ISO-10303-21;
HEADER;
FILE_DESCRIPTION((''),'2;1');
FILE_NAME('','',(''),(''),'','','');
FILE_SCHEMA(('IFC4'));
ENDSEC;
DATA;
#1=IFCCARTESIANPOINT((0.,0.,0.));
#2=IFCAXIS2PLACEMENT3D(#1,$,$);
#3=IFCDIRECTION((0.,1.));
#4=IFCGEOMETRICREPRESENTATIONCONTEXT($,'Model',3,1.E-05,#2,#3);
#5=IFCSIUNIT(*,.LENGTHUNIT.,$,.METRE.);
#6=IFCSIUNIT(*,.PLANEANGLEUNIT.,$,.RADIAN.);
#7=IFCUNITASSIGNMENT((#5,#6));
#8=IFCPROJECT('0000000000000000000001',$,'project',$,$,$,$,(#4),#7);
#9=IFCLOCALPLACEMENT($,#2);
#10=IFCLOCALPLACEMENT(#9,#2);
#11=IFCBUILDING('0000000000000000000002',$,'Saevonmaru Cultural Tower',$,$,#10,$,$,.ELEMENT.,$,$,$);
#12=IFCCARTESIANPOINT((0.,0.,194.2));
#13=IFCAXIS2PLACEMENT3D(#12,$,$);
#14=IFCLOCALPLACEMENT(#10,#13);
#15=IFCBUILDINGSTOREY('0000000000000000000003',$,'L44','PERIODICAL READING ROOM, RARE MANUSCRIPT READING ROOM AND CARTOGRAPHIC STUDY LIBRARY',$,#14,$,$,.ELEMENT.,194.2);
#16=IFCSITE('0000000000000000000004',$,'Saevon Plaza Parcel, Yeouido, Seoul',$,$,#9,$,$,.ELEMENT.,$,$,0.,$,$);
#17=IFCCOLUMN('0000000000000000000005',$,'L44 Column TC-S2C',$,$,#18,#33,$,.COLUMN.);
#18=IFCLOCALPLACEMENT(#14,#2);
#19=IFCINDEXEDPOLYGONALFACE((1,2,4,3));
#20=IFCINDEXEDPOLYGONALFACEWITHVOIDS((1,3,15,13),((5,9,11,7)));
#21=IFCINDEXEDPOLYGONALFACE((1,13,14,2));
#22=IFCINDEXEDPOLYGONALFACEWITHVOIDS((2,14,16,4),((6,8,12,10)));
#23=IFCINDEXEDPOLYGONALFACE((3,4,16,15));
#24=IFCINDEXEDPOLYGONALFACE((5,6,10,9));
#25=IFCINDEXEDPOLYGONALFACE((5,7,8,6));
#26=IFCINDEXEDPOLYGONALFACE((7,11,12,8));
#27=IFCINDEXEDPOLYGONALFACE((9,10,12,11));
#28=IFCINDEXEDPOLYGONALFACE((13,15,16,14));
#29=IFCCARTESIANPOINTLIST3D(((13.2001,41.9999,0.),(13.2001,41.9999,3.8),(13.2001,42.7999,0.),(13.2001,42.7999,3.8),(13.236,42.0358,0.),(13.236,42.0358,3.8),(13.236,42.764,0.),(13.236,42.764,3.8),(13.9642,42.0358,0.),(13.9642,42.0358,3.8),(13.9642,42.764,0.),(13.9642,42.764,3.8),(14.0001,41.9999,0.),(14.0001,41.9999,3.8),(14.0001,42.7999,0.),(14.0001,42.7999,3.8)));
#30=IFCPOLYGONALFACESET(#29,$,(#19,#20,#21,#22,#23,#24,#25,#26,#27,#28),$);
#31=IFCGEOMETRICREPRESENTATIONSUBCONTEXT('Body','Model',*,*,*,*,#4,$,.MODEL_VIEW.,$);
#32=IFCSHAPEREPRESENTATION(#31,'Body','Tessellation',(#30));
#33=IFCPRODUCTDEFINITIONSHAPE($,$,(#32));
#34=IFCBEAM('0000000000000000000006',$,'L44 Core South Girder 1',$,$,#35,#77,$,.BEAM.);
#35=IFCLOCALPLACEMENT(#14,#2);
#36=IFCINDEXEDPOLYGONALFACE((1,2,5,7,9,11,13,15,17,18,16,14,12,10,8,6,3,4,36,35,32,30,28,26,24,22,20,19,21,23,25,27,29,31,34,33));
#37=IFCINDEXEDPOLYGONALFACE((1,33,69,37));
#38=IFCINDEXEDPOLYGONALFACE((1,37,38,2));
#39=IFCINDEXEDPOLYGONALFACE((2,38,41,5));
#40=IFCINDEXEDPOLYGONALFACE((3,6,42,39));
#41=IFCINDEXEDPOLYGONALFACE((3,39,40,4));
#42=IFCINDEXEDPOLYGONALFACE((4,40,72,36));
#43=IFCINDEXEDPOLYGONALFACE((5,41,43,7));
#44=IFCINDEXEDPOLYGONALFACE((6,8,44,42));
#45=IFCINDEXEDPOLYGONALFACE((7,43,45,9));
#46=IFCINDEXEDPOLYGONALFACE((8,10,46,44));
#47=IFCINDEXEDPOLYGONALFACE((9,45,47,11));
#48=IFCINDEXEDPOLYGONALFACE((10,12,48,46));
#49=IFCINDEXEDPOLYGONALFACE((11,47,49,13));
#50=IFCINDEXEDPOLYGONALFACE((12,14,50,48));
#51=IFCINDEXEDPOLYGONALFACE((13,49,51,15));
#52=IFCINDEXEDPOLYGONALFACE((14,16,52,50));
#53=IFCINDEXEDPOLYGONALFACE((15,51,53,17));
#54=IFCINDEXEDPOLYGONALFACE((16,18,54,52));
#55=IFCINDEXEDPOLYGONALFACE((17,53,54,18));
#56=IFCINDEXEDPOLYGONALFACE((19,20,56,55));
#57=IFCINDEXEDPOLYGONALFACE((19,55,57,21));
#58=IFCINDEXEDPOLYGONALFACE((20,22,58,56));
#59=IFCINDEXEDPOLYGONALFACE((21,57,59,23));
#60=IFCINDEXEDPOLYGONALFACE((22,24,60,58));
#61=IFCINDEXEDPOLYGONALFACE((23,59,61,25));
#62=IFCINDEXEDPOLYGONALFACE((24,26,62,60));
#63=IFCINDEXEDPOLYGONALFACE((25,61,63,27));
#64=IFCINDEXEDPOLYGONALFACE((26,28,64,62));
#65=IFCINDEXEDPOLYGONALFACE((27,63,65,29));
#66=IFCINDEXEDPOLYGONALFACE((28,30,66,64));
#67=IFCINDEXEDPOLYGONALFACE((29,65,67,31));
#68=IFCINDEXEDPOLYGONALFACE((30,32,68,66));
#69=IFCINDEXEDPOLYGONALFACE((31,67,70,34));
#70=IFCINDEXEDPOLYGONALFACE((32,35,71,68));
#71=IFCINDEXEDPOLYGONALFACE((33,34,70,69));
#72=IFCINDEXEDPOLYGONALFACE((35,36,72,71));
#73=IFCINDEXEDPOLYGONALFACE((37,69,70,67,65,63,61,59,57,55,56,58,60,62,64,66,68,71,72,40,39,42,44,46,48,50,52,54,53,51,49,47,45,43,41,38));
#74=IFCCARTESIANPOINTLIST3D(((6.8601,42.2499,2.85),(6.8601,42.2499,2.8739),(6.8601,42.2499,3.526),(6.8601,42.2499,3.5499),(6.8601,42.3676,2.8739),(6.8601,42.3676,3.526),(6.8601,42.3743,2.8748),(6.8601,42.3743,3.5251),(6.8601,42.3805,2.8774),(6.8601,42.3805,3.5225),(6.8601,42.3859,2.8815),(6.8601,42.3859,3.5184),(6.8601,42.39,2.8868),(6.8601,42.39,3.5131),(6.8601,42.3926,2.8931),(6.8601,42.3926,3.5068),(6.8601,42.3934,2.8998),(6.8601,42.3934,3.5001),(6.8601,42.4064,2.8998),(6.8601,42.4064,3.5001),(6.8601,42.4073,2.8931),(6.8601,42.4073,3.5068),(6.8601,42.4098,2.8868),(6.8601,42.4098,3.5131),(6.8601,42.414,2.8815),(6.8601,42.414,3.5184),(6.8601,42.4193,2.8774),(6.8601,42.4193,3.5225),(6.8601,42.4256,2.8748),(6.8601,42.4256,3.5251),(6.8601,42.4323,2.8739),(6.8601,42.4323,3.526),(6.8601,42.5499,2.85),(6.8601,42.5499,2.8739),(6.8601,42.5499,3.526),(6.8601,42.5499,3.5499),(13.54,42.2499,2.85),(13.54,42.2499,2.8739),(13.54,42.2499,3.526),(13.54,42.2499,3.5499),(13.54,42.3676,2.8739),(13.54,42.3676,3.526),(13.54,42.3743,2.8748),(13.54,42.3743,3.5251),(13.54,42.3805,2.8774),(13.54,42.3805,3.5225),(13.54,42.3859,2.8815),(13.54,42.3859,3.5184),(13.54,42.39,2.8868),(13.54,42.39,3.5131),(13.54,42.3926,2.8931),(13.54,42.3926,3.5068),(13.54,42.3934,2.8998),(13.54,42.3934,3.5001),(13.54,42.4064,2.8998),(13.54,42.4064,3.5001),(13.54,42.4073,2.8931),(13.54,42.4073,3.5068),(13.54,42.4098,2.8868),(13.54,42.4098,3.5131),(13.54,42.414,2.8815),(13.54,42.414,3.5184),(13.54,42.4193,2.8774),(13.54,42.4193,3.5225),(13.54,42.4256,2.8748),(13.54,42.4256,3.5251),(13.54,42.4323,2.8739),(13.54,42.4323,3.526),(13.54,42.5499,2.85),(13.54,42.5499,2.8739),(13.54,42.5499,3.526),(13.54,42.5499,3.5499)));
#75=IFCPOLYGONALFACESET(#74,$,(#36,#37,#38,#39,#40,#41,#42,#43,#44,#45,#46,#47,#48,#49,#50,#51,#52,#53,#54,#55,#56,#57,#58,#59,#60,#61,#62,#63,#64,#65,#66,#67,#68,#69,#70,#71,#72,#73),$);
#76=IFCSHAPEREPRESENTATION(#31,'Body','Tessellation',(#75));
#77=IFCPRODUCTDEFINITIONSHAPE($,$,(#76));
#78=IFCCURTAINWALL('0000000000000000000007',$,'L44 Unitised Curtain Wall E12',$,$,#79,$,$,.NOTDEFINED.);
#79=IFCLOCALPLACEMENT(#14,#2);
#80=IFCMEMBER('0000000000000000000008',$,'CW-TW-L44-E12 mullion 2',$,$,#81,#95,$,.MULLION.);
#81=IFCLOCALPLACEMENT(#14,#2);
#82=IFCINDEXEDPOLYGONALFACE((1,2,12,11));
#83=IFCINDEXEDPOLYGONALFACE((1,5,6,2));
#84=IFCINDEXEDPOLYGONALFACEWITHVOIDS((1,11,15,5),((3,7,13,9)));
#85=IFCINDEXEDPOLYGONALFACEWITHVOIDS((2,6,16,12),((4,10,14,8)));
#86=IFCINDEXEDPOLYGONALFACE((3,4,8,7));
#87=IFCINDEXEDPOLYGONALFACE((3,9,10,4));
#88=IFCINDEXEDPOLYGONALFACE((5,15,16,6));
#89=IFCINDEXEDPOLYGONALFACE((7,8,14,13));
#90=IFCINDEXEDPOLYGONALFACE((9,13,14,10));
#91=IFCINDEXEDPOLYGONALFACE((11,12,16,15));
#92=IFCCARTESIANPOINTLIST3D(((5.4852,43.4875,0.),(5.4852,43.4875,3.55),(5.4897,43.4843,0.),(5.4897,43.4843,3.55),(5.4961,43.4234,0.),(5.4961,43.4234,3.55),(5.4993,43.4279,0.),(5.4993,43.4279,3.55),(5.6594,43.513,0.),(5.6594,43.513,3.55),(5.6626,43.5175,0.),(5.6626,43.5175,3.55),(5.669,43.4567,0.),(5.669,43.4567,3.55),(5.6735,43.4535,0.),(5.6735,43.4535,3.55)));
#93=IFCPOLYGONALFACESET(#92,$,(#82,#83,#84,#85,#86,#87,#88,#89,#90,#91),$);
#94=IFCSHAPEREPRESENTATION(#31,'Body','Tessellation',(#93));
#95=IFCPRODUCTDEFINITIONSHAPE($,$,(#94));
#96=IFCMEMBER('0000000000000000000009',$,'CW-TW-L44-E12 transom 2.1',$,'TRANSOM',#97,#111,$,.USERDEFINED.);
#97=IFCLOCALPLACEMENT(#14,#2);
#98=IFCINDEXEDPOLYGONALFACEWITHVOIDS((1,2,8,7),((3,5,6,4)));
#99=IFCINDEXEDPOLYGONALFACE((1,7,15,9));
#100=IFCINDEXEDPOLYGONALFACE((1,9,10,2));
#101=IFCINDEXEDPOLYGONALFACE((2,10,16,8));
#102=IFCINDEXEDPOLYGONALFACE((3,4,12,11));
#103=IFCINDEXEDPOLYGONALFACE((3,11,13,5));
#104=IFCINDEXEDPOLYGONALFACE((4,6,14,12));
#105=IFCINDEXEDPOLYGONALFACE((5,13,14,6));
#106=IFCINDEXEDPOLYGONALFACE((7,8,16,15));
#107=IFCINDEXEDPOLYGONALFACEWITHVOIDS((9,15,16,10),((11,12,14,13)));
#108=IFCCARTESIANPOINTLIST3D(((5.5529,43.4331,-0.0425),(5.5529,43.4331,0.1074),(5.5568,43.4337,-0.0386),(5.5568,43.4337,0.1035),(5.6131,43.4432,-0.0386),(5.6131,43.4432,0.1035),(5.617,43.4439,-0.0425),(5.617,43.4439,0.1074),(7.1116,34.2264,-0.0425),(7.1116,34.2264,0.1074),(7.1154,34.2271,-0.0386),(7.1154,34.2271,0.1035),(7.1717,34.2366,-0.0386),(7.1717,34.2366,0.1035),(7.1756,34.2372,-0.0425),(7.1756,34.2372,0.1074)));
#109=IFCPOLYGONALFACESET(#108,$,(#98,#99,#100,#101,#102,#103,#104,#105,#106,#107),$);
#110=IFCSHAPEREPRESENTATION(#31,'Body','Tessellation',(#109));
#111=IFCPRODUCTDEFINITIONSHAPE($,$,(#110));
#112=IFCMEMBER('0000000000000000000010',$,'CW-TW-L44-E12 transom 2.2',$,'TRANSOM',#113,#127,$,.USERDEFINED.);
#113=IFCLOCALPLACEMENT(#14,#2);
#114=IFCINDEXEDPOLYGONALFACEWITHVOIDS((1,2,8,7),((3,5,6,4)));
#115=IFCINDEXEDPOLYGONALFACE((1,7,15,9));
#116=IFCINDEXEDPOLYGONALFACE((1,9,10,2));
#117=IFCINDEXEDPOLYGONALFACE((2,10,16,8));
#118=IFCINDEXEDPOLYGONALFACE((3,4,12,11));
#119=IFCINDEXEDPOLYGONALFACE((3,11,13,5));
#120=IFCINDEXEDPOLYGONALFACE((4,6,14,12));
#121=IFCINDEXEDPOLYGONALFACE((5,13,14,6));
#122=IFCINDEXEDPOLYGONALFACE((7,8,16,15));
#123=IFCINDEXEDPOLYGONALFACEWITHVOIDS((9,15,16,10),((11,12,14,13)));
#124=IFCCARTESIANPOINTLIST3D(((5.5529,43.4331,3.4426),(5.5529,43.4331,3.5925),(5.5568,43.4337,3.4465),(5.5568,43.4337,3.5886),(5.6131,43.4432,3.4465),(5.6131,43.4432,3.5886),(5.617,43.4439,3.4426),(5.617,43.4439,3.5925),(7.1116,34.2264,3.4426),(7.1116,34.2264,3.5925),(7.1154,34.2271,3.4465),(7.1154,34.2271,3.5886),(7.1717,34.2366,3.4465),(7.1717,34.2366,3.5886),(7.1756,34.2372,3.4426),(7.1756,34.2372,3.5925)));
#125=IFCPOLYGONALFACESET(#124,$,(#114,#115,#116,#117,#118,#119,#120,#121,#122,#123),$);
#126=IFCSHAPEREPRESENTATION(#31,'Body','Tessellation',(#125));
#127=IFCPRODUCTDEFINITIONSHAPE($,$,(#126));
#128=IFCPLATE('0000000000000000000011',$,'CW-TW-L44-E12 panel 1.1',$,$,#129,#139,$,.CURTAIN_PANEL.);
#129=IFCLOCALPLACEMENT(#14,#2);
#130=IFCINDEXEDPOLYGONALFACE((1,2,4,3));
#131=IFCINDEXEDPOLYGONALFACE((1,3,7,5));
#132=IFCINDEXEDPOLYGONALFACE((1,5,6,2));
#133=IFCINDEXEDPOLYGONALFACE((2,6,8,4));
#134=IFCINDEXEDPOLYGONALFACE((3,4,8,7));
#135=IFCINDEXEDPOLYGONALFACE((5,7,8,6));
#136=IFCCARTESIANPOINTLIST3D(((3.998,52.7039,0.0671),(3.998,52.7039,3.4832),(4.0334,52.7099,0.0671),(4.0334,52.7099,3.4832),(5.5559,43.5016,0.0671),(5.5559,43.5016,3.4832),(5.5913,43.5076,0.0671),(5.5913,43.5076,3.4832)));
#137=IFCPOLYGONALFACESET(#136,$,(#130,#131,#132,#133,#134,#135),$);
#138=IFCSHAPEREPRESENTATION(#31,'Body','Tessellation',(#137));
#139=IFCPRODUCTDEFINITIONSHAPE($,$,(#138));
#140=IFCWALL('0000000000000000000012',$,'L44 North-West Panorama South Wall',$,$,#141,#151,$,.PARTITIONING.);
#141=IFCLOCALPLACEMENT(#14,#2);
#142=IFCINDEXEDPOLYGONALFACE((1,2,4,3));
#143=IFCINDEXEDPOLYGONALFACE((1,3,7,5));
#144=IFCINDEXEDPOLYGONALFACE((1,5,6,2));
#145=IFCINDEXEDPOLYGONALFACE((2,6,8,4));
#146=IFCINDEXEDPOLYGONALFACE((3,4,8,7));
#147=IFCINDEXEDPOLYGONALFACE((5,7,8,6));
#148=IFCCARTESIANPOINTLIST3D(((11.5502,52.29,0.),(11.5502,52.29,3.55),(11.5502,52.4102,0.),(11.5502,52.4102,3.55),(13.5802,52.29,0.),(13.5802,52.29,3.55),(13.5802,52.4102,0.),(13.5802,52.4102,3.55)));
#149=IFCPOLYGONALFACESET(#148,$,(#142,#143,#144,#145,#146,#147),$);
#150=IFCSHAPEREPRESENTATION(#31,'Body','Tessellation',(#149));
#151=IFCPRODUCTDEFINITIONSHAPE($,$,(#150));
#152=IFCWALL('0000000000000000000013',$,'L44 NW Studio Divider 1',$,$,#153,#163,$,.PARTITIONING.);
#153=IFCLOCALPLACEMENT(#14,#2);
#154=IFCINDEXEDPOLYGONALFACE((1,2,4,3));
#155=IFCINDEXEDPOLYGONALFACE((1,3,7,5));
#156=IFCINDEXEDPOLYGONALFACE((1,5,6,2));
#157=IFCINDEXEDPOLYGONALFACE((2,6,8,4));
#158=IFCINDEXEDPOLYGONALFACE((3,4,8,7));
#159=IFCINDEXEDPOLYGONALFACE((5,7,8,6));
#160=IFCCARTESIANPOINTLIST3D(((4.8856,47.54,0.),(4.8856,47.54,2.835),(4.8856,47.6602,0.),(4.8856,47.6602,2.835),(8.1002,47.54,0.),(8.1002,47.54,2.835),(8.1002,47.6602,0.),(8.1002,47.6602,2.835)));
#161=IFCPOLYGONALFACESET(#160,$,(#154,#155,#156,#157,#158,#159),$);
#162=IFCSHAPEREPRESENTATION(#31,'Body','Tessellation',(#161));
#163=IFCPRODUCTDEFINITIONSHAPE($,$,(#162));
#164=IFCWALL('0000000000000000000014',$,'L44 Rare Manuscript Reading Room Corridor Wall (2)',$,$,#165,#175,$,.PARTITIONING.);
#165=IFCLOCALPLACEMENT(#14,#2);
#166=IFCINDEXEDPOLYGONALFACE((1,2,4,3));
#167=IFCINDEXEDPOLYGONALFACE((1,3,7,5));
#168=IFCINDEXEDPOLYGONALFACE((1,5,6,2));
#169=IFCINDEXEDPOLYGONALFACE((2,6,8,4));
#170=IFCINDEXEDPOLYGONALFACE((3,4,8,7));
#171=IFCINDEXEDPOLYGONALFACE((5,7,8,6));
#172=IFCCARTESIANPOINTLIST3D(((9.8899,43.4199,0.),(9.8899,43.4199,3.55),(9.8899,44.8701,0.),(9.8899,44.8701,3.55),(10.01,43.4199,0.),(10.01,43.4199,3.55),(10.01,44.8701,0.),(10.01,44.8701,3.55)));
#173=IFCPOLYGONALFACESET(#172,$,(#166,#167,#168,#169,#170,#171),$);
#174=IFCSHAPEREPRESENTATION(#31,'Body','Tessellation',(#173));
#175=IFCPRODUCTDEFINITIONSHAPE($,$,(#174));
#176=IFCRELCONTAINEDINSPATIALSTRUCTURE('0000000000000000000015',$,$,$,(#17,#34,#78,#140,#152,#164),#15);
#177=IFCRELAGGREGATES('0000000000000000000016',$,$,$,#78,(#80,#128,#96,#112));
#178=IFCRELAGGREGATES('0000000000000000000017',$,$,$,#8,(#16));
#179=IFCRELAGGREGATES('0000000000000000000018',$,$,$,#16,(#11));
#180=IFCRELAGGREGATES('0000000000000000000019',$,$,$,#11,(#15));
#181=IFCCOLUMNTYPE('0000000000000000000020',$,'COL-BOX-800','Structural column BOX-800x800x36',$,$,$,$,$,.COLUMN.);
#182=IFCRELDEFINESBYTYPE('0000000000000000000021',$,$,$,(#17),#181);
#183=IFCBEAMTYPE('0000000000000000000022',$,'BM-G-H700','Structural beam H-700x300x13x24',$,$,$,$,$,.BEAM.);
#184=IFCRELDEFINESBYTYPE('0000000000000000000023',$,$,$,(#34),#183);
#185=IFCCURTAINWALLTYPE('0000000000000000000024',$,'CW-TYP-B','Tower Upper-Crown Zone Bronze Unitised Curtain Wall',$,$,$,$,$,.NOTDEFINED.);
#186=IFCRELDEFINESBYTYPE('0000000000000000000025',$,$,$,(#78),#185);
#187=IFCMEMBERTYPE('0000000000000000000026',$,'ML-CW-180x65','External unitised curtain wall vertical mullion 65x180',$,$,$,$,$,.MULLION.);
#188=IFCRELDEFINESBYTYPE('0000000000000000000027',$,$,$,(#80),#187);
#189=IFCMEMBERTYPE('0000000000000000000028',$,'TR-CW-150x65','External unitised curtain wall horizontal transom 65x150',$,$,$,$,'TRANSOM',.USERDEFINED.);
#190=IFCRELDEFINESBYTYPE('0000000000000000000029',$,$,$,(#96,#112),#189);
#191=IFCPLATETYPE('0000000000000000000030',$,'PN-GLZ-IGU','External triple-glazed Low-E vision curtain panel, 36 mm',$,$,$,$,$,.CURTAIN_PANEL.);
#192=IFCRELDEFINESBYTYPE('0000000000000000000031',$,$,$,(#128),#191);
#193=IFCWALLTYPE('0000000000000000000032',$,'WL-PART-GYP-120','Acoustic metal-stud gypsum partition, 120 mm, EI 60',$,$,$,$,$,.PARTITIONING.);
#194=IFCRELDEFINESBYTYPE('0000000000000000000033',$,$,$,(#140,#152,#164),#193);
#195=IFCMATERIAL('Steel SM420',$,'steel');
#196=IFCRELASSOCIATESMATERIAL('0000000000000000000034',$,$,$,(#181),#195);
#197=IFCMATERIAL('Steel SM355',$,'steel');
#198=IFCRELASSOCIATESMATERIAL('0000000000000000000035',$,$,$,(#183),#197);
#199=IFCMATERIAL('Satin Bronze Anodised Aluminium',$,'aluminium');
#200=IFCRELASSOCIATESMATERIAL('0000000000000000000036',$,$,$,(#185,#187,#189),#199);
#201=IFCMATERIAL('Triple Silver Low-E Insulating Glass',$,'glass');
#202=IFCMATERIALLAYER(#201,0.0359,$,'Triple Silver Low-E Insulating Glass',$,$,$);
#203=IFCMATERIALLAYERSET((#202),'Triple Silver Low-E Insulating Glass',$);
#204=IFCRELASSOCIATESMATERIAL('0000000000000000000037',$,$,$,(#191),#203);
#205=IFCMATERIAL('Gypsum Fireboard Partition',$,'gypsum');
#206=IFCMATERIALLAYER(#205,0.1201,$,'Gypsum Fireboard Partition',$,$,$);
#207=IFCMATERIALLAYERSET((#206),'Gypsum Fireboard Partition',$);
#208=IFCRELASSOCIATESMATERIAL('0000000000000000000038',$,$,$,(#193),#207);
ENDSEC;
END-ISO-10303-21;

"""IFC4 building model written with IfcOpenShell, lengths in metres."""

from ifc_helpers import new_model, si_unit, direction, frame, frame_2d, origin, origin_2d, place, context, subcontext, project, spatial, rectangle, hollow_rectangle, i_section, extrude, material, layer, layer_set, material_profile, profile_set, type_object, element, aggregate, save


model = new_model("IFC4")

# Units and contexts
model_context = context("Model", 3, precision=1e-05, world=origin(), true_north=direction((0.0, 1.0)))
body_context = subcontext(model_context, "Body", "Model", "MODEL_VIEW")
ifc_project = project(units=[si_unit("LENGTHUNIT", "METRE"), si_unit("PLANEANGLEUNIT", "RADIAN")], contexts=[model_context])

# Site, building, storey
site_placement = place(None, origin())
site = spatial("IfcSite", under=ifc_project, at=site_placement, Name="Saevon Plaza Parcel, Yeouido, Seoul", CompositionType="ELEMENT", RefElevation=0.0)
building_placement = place(site_placement, origin())
building = spatial("IfcBuilding", under=site, at=building_placement, Name="Saevonmaru Cultural Tower", CompositionType="ELEMENT")
storey_placement = place(building_placement, frame((0.0, 0.0, 194.2)))
storey = spatial("IfcBuildingStorey", under=building, at=storey_placement, Name="L44", Description="PERIODICAL READING ROOM, RARE MANUSCRIPT READING ROOM AND CARTOGRAPHIC STUDY LIBRARY", CompositionType="ELEMENT", Elevation=194.2)

# Column
ifc_material_1 = material(Name="Steel SM420", Category="steel")
ifc_material_profile_1 = material_profile(ifc_material_1, hollow_rectangle(XDim=0.8, YDim=0.8, WallThickness=0.0359, at=origin_2d()), Name="BOX-800x800x36")
ifc_profile_set_1 = profile_set([ifc_material_profile_1], Name="Steel SM420")
column_type = type_object("IfcColumnType", Name="COL-BOX-800", Description="Structural column BOX-800x800x36", PredefinedType="COLUMN", material=ifc_profile_set_1)
column_placement = place(storey_placement, frame((13.6001, 42.3999, 0.0), z_axis=(0.0, 0.0, 1.0), x_axis=(1.0, 0.0, 0.0)))
element("IfcColumn", 1, at=column_placement, inside=storey, type_object=column_type, Name="L44 Column TC-S2C", PredefinedType="COLUMN", context=body_context, shape_type="SweptSolid", body=[
    extrude(hollow_rectangle(XDim=0.8, YDim=0.8, WallThickness=0.0359, at=origin_2d()), origin(), (0.0, 0.0, 1.0), 3.8),
])

# Beam
ifc_material_2 = material(Name="Steel SM355", Category="steel")
ifc_material_profile_2 = material_profile(ifc_material_2, i_section(OverallWidth=0.3, OverallDepth=0.7, WebThickness=0.0129, FlangeThickness=0.0239, FilletRadius=0.0259, at=origin_2d()), Name="H-700x300x13x24")
ifc_profile_set_2 = profile_set([ifc_material_profile_2], Name="Steel SM355")
beam_type = type_object("IfcBeamType", Name="BM-G-H700", Description="Structural beam H-700x300x13x24", PredefinedType="BEAM", material=ifc_profile_set_2)
beam_placement = place(storey_placement, frame((6.8601, 42.3999, 3.2), z_axis=(1.0, 0.0, 0.0), x_axis=(0.0, 1.0, 0.0)))
element("IfcBeam", 2, at=beam_placement, inside=storey, type_object=beam_type, Name="L44 Core South Girder 1", PredefinedType="BEAM", context=body_context, shape_type="SweptSolid", body=[
    extrude(i_section(OverallWidth=0.3, OverallDepth=0.7, WebThickness=0.0129, FlangeThickness=0.0239, FilletRadius=0.0259, at=origin_2d()), origin(), (0.0, 0.0, 1.0), 6.6799),
])

# Curtain wall, members, plate
ifc_material_3 = material(Name="Satin Bronze Anodised Aluminium", Category="aluminium")
curtain_wall_type = type_object("IfcCurtainWallType", Name="CW-TYP-B", Description="Tower Upper-Crown Zone Bronze Unitised Curtain Wall", PredefinedType="NOTDEFINED", material=ifc_material_3)
curtain_wall_placement = place(storey_placement, origin())
curtain_wall = element("IfcCurtainWall", 3, at=curtain_wall_placement, inside=storey, type_object=curtain_wall_type, Name="L44 Unitised Curtain Wall E12", PredefinedType="NOTDEFINED")
ifc_material_profile_3 = material_profile(ifc_material_3, hollow_rectangle(XDim=0.0649, YDim=0.1799, WallThickness=0.0039, at=origin_2d()), Name="ALU-MULL-180x65x4")
ifc_profile_set_3 = profile_set([ifc_material_profile_3], Name="Satin Bronze Anodised Aluminium")
member_type_1 = type_object("IfcMemberType", Name="ML-CW-180x65", Description="External unitised curtain wall vertical mullion 65x180", PredefinedType="MULLION", material=ifc_profile_set_3)
member_1_placement = place(storey_placement, frame((5.5793, 43.4705, 0.0), z_axis=(0.0, 0.0, 1.0), x_axis=(0.166922, -0.98597, 0.0)))
member_1 = element("IfcMember", 4, at=member_1_placement, type_object=member_type_1, Name="CW-TW-L44-E12 mullion 2", PredefinedType="MULLION", context=body_context, shape_type="SweptSolid", body=[
    extrude(hollow_rectangle(XDim=0.0649, YDim=0.1799, WallThickness=0.0039, at=origin_2d()), origin(), (0.0, 0.0, 1.0), 3.55),
])
ifc_material_profile_4 = material_profile(ifc_material_3, hollow_rectangle(XDim=0.0649, YDim=0.1499, WallThickness=0.0039, at=origin_2d()), Name="ALU-TRAN-150x65x4")
ifc_profile_set_4 = profile_set([ifc_material_profile_4], Name="Satin Bronze Anodised Aluminium")
member_type_2 = type_object("IfcMemberType", Name="TR-CW-150x65", Description="External unitised curtain wall horizontal transom 65x150", ElementType="TRANSOM", PredefinedType="USERDEFINED", material=ifc_profile_set_4)
member_2_placement = place(storey_placement, frame((5.585, 43.4385, 0.0325), z_axis=(0.166917, -0.985971, 0.0), x_axis=(0.985971, 0.166917, 0.0)))
member_2 = element("IfcMember", 5, at=member_2_placement, type_object=member_type_2, Name="CW-TW-L44-E12 transom 2.1", ObjectType="TRANSOM", PredefinedType="USERDEFINED", context=body_context, shape_type="SweptSolid", body=[
    extrude(hollow_rectangle(XDim=0.0649, YDim=0.1499, WallThickness=0.0039, at=origin_2d()), origin(), (0.0, 0.0, 1.0), 9.3376),
])
member_3_placement = place(storey_placement, frame((5.585, 43.4385, 3.5176), z_axis=(0.166917, -0.985971, 0.0), x_axis=(0.985971, 0.166917, 0.0)))
member_3 = element("IfcMember", 6, at=member_3_placement, type_object=member_type_2, Name="CW-TW-L44-E12 transom 2.2", ObjectType="TRANSOM", PredefinedType="USERDEFINED", context=body_context, shape_type="SweptSolid", body=[
    extrude(hollow_rectangle(XDim=0.0649, YDim=0.1499, WallThickness=0.0039, at=origin_2d()), origin(), (0.0, 0.0, 1.0), 9.3376),
])
ifc_material_4 = material(Name="Triple Silver Low-E Insulating Glass", Category="glass")
ifc_layer_1 = layer(ifc_material_4, 0.0359, Name="Triple Silver Low-E Insulating Glass")
ifc_layer_set_1 = layer_set([ifc_layer_1], Name="Triple Silver Low-E Insulating Glass")
plate_type = type_object("IfcPlateType", Name="PN-GLZ-IGU", Description="External triple-glazed Low-E vision curtain panel, 36 mm", PredefinedType="CURTAIN_PANEL", material=ifc_layer_set_1)
plate_placement = place(storey_placement, frame((4.7947, 48.1057, 0.0671), z_axis=(0.0, 0.0, 1.0), x_axis=(0.166922, -0.98597, 0.0)))
plate = element("IfcPlate", 7, at=plate_placement, type_object=plate_type, Name="CW-TW-L44-E12 panel 1.1", PredefinedType="CURTAIN_PANEL", context=body_context, shape_type="SweptSolid", body=[
    extrude(rectangle(XDim=9.3333, YDim=0.0359, at=origin_2d()), origin(), (0.0, 0.0, 1.0), 3.416),
])
aggregate(curtain_wall, [member_1, plate, member_2, member_3])

# Walls
ifc_material_5 = material(Name="Gypsum Fireboard Partition", Category="gypsum")
ifc_layer_2 = layer(ifc_material_5, 0.1201, Name="Gypsum Fireboard Partition")
ifc_layer_set_2 = layer_set([ifc_layer_2], Name="Gypsum Fireboard Partition")
wall_type_1 = type_object("IfcWallType", Name="WL-PART-GYP-120", Description="Acoustic metal-stud gypsum partition, 120 mm, EI 60", PredefinedType="PARTITIONING", material=ifc_layer_set_2)
wall_1_placement = place(storey_placement, frame((11.55, 52.3501, 0.0), z_axis=(0.0, 0.0, 1.0), x_axis=(1.0, 0.0, 0.0)))
element("IfcWall", 8, at=wall_1_placement, inside=storey, type_object=wall_type_1, Name="L44 North-West Panorama South Wall", PredefinedType="PARTITIONING", context=body_context, shape_type="SweptSolid", body=[
    extrude(rectangle(XDim=2.03, YDim=0.1201, at=frame_2d((1.0151, 0.0))), origin(), (0.0, 0.0, 1.0), 3.55),
])
wall_2_placement = place(storey_placement, frame((4.8855, 47.6001, 0.0), z_axis=(0.0, 0.0, 1.0), x_axis=(1.0, 0.0, 0.0)))
element("IfcWall", 9, at=wall_2_placement, inside=storey, type_object=wall_type_1, Name="L44 NW Studio Divider 1", PredefinedType="PARTITIONING", context=body_context, shape_type="SweptSolid", body=[
    extrude(rectangle(XDim=3.2146, YDim=0.1201, at=frame_2d((1.6074, 0.0))), origin(), (0.0, 0.0, 1.0), 2.835),
])
wall_3_placement = place(storey_placement, frame((9.95, 43.4199, 0.0), z_axis=(0.0, 0.0, 1.0), x_axis=(0.0, 1.0, 0.0)))
element("IfcWall", 10, at=wall_3_placement, inside=storey, type_object=wall_type_1, Name="L44 Rare Manuscript Reading Room Corridor Wall (2)", PredefinedType="PARTITIONING", context=body_context, shape_type="SweptSolid", body=[
    extrude(rectangle(XDim=1.4502, YDim=0.1201, at=frame_2d((0.7251, 0.0))), origin(), (0.0, 0.0, 1.0), 3.55),
])

save(model, "model.ifc")
